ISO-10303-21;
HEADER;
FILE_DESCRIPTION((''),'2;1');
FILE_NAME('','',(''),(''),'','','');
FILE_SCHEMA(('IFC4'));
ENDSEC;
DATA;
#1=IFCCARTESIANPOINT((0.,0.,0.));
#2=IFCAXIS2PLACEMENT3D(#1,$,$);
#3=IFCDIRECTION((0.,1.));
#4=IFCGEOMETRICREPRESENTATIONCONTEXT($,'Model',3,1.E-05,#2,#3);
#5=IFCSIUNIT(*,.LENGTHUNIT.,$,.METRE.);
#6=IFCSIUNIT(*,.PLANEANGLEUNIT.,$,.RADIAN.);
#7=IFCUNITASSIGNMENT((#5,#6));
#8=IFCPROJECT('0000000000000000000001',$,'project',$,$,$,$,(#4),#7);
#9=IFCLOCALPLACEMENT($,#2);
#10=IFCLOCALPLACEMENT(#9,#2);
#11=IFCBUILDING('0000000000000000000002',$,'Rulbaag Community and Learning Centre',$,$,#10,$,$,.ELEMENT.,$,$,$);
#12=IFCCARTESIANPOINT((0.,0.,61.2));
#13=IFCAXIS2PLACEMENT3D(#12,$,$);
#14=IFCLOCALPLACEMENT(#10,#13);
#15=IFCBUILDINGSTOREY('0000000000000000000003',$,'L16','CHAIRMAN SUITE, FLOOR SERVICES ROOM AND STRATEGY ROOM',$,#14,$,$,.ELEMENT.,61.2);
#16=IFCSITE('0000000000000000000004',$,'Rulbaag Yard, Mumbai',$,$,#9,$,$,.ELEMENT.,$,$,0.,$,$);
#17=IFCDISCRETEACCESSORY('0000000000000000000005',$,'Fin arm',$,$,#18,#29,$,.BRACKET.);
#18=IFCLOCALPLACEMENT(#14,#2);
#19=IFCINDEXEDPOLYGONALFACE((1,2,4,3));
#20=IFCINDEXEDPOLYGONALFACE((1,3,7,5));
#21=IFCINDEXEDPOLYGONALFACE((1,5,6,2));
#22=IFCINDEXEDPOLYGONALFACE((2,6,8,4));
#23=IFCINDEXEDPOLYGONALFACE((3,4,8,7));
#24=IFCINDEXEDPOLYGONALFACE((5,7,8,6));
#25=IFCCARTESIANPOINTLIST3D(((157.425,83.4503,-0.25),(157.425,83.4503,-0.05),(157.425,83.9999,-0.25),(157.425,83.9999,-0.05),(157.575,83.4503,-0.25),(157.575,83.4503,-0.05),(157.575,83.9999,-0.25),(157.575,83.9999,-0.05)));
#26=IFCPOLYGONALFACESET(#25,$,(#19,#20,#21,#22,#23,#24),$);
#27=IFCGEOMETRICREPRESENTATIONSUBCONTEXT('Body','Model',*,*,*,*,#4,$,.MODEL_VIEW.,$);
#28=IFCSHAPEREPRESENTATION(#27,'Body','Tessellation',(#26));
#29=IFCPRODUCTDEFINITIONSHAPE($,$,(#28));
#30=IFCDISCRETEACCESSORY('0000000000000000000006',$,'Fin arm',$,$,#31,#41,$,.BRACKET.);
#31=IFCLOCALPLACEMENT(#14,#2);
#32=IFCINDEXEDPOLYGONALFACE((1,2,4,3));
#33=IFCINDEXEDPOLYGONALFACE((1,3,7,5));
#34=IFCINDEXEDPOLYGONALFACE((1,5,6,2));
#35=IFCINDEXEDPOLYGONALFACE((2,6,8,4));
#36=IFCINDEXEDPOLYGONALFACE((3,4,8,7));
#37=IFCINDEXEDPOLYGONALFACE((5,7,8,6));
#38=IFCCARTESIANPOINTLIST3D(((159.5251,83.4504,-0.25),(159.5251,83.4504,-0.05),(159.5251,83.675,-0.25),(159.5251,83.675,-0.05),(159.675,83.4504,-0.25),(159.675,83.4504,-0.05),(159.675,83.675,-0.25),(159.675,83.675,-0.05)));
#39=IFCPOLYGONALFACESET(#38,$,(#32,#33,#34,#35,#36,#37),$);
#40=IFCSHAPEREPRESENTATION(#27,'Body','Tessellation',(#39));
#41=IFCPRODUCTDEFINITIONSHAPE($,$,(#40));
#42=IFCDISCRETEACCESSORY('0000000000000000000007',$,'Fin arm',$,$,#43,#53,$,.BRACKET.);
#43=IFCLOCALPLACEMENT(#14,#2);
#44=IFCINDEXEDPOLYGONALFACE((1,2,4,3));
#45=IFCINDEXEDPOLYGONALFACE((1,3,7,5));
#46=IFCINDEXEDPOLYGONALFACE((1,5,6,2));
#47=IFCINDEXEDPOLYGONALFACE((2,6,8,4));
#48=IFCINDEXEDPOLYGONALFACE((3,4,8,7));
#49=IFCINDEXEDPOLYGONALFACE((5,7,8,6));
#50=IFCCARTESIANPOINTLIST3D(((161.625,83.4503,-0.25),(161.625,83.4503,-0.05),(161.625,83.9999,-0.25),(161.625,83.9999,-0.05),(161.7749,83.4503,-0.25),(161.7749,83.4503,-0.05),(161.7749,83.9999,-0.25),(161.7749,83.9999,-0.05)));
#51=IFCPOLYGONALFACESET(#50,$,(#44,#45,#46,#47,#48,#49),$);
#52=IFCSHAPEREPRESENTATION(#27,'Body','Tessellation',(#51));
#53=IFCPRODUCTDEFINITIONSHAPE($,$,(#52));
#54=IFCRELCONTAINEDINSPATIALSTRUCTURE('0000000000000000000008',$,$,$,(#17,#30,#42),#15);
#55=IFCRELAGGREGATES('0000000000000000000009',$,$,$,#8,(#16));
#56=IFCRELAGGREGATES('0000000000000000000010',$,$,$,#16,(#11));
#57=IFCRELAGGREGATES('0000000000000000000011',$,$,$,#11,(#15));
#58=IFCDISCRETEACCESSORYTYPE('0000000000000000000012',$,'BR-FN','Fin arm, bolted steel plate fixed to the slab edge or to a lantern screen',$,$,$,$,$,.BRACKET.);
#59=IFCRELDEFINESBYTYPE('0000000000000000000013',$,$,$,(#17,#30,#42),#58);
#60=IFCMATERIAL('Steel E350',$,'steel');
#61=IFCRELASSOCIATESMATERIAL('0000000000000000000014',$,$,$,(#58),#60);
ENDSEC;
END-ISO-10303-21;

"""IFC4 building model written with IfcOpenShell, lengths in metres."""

from ifc_helpers import new_model, si_unit, direction, frame, origin, origin_2d, place, context, subcontext, project, spatial, rectangle, extrude, material, type_object, element, save


model = new_model("IFC4")

# Units and contexts
model_context = context("Model", 3, precision=1e-05, world=origin(), true_north=direction((0.0, 1.0)))
body_context = subcontext(model_context, "Body", "Model", "MODEL_VIEW")
ifc_project = project(units=[si_unit("LENGTHUNIT", "METRE"), si_unit("PLANEANGLEUNIT", "RADIAN")], contexts=[model_context])

# Site, building, storey
site_placement = place(None, origin())
site = spatial("IfcSite", under=ifc_project, at=site_placement, Name="Rulbaag Yard, Mumbai", CompositionType="ELEMENT", RefElevation=0.0)
building_placement = place(site_placement, origin())
building = spatial("IfcBuilding", under=site, at=building_placement, Name="Rulbaag Community and Learning Centre", CompositionType="ELEMENT")
storey_placement = place(building_placement, frame((0.0, 0.0, 61.2)))
storey = spatial("IfcBuildingStorey", under=building, at=storey_placement, Name="L16", Description="CHAIRMAN SUITE, FLOOR SERVICES ROOM AND STRATEGY ROOM", CompositionType="ELEMENT", Elevation=61.2)

# Discrete accessories
ifc_material_1 = material(Name="Steel E350", Category="steel")
discrete_accessory_type_1 = type_object("IfcDiscreteAccessoryType", Name="BR-FN", Description="Fin arm, bolted steel plate fixed to the slab edge or to a lantern screen", PredefinedType="BRACKET", material=ifc_material_1)
discrete_accessory_1_placement = place(storey_placement, frame((157.5, 83.7251, -0.25), z_axis=(0.0, 0.0, 1.0), x_axis=(1.0, 0.0, 0.0)))
element("IfcDiscreteAccessory", 1, at=discrete_accessory_1_placement, inside=storey, type_object=discrete_accessory_type_1, Name="Fin arm", PredefinedType="BRACKET", context=body_context, shape_type="SweptSolid", body=[
    extrude(rectangle(XDim=0.1499, YDim=0.5496, at=origin_2d()), origin(), (0.0, 0.0, 1.0), 0.2),
])
discrete_accessory_2_placement = place(storey_placement, frame((159.6001, 83.5627, -0.25), z_axis=(0.0, 0.0, 1.0), x_axis=(1.0, 0.0, 0.0)))
element("IfcDiscreteAccessory", 2, at=discrete_accessory_2_placement, inside=storey, type_object=discrete_accessory_type_1, Name="Fin arm", PredefinedType="BRACKET", context=body_context, shape_type="SweptSolid", body=[
    extrude(rectangle(XDim=0.1499, YDim=0.2246, at=origin_2d()), origin(), (0.0, 0.0, 1.0), 0.2),
])
discrete_accessory_3_placement = place(storey_placement, frame((161.7, 83.7251, -0.25), z_axis=(0.0, 0.0, 1.0), x_axis=(1.0, 0.0, 0.0)))
element("IfcDiscreteAccessory", 3, at=discrete_accessory_3_placement, inside=storey, type_object=discrete_accessory_type_1, Name="Fin arm", PredefinedType="BRACKET", context=body_context, shape_type="SweptSolid", body=[
    extrude(rectangle(XDim=0.1499, YDim=0.5496, at=origin_2d()), origin(), (0.0, 0.0, 1.0), 0.2),
])

save(model, "model.ifc")
